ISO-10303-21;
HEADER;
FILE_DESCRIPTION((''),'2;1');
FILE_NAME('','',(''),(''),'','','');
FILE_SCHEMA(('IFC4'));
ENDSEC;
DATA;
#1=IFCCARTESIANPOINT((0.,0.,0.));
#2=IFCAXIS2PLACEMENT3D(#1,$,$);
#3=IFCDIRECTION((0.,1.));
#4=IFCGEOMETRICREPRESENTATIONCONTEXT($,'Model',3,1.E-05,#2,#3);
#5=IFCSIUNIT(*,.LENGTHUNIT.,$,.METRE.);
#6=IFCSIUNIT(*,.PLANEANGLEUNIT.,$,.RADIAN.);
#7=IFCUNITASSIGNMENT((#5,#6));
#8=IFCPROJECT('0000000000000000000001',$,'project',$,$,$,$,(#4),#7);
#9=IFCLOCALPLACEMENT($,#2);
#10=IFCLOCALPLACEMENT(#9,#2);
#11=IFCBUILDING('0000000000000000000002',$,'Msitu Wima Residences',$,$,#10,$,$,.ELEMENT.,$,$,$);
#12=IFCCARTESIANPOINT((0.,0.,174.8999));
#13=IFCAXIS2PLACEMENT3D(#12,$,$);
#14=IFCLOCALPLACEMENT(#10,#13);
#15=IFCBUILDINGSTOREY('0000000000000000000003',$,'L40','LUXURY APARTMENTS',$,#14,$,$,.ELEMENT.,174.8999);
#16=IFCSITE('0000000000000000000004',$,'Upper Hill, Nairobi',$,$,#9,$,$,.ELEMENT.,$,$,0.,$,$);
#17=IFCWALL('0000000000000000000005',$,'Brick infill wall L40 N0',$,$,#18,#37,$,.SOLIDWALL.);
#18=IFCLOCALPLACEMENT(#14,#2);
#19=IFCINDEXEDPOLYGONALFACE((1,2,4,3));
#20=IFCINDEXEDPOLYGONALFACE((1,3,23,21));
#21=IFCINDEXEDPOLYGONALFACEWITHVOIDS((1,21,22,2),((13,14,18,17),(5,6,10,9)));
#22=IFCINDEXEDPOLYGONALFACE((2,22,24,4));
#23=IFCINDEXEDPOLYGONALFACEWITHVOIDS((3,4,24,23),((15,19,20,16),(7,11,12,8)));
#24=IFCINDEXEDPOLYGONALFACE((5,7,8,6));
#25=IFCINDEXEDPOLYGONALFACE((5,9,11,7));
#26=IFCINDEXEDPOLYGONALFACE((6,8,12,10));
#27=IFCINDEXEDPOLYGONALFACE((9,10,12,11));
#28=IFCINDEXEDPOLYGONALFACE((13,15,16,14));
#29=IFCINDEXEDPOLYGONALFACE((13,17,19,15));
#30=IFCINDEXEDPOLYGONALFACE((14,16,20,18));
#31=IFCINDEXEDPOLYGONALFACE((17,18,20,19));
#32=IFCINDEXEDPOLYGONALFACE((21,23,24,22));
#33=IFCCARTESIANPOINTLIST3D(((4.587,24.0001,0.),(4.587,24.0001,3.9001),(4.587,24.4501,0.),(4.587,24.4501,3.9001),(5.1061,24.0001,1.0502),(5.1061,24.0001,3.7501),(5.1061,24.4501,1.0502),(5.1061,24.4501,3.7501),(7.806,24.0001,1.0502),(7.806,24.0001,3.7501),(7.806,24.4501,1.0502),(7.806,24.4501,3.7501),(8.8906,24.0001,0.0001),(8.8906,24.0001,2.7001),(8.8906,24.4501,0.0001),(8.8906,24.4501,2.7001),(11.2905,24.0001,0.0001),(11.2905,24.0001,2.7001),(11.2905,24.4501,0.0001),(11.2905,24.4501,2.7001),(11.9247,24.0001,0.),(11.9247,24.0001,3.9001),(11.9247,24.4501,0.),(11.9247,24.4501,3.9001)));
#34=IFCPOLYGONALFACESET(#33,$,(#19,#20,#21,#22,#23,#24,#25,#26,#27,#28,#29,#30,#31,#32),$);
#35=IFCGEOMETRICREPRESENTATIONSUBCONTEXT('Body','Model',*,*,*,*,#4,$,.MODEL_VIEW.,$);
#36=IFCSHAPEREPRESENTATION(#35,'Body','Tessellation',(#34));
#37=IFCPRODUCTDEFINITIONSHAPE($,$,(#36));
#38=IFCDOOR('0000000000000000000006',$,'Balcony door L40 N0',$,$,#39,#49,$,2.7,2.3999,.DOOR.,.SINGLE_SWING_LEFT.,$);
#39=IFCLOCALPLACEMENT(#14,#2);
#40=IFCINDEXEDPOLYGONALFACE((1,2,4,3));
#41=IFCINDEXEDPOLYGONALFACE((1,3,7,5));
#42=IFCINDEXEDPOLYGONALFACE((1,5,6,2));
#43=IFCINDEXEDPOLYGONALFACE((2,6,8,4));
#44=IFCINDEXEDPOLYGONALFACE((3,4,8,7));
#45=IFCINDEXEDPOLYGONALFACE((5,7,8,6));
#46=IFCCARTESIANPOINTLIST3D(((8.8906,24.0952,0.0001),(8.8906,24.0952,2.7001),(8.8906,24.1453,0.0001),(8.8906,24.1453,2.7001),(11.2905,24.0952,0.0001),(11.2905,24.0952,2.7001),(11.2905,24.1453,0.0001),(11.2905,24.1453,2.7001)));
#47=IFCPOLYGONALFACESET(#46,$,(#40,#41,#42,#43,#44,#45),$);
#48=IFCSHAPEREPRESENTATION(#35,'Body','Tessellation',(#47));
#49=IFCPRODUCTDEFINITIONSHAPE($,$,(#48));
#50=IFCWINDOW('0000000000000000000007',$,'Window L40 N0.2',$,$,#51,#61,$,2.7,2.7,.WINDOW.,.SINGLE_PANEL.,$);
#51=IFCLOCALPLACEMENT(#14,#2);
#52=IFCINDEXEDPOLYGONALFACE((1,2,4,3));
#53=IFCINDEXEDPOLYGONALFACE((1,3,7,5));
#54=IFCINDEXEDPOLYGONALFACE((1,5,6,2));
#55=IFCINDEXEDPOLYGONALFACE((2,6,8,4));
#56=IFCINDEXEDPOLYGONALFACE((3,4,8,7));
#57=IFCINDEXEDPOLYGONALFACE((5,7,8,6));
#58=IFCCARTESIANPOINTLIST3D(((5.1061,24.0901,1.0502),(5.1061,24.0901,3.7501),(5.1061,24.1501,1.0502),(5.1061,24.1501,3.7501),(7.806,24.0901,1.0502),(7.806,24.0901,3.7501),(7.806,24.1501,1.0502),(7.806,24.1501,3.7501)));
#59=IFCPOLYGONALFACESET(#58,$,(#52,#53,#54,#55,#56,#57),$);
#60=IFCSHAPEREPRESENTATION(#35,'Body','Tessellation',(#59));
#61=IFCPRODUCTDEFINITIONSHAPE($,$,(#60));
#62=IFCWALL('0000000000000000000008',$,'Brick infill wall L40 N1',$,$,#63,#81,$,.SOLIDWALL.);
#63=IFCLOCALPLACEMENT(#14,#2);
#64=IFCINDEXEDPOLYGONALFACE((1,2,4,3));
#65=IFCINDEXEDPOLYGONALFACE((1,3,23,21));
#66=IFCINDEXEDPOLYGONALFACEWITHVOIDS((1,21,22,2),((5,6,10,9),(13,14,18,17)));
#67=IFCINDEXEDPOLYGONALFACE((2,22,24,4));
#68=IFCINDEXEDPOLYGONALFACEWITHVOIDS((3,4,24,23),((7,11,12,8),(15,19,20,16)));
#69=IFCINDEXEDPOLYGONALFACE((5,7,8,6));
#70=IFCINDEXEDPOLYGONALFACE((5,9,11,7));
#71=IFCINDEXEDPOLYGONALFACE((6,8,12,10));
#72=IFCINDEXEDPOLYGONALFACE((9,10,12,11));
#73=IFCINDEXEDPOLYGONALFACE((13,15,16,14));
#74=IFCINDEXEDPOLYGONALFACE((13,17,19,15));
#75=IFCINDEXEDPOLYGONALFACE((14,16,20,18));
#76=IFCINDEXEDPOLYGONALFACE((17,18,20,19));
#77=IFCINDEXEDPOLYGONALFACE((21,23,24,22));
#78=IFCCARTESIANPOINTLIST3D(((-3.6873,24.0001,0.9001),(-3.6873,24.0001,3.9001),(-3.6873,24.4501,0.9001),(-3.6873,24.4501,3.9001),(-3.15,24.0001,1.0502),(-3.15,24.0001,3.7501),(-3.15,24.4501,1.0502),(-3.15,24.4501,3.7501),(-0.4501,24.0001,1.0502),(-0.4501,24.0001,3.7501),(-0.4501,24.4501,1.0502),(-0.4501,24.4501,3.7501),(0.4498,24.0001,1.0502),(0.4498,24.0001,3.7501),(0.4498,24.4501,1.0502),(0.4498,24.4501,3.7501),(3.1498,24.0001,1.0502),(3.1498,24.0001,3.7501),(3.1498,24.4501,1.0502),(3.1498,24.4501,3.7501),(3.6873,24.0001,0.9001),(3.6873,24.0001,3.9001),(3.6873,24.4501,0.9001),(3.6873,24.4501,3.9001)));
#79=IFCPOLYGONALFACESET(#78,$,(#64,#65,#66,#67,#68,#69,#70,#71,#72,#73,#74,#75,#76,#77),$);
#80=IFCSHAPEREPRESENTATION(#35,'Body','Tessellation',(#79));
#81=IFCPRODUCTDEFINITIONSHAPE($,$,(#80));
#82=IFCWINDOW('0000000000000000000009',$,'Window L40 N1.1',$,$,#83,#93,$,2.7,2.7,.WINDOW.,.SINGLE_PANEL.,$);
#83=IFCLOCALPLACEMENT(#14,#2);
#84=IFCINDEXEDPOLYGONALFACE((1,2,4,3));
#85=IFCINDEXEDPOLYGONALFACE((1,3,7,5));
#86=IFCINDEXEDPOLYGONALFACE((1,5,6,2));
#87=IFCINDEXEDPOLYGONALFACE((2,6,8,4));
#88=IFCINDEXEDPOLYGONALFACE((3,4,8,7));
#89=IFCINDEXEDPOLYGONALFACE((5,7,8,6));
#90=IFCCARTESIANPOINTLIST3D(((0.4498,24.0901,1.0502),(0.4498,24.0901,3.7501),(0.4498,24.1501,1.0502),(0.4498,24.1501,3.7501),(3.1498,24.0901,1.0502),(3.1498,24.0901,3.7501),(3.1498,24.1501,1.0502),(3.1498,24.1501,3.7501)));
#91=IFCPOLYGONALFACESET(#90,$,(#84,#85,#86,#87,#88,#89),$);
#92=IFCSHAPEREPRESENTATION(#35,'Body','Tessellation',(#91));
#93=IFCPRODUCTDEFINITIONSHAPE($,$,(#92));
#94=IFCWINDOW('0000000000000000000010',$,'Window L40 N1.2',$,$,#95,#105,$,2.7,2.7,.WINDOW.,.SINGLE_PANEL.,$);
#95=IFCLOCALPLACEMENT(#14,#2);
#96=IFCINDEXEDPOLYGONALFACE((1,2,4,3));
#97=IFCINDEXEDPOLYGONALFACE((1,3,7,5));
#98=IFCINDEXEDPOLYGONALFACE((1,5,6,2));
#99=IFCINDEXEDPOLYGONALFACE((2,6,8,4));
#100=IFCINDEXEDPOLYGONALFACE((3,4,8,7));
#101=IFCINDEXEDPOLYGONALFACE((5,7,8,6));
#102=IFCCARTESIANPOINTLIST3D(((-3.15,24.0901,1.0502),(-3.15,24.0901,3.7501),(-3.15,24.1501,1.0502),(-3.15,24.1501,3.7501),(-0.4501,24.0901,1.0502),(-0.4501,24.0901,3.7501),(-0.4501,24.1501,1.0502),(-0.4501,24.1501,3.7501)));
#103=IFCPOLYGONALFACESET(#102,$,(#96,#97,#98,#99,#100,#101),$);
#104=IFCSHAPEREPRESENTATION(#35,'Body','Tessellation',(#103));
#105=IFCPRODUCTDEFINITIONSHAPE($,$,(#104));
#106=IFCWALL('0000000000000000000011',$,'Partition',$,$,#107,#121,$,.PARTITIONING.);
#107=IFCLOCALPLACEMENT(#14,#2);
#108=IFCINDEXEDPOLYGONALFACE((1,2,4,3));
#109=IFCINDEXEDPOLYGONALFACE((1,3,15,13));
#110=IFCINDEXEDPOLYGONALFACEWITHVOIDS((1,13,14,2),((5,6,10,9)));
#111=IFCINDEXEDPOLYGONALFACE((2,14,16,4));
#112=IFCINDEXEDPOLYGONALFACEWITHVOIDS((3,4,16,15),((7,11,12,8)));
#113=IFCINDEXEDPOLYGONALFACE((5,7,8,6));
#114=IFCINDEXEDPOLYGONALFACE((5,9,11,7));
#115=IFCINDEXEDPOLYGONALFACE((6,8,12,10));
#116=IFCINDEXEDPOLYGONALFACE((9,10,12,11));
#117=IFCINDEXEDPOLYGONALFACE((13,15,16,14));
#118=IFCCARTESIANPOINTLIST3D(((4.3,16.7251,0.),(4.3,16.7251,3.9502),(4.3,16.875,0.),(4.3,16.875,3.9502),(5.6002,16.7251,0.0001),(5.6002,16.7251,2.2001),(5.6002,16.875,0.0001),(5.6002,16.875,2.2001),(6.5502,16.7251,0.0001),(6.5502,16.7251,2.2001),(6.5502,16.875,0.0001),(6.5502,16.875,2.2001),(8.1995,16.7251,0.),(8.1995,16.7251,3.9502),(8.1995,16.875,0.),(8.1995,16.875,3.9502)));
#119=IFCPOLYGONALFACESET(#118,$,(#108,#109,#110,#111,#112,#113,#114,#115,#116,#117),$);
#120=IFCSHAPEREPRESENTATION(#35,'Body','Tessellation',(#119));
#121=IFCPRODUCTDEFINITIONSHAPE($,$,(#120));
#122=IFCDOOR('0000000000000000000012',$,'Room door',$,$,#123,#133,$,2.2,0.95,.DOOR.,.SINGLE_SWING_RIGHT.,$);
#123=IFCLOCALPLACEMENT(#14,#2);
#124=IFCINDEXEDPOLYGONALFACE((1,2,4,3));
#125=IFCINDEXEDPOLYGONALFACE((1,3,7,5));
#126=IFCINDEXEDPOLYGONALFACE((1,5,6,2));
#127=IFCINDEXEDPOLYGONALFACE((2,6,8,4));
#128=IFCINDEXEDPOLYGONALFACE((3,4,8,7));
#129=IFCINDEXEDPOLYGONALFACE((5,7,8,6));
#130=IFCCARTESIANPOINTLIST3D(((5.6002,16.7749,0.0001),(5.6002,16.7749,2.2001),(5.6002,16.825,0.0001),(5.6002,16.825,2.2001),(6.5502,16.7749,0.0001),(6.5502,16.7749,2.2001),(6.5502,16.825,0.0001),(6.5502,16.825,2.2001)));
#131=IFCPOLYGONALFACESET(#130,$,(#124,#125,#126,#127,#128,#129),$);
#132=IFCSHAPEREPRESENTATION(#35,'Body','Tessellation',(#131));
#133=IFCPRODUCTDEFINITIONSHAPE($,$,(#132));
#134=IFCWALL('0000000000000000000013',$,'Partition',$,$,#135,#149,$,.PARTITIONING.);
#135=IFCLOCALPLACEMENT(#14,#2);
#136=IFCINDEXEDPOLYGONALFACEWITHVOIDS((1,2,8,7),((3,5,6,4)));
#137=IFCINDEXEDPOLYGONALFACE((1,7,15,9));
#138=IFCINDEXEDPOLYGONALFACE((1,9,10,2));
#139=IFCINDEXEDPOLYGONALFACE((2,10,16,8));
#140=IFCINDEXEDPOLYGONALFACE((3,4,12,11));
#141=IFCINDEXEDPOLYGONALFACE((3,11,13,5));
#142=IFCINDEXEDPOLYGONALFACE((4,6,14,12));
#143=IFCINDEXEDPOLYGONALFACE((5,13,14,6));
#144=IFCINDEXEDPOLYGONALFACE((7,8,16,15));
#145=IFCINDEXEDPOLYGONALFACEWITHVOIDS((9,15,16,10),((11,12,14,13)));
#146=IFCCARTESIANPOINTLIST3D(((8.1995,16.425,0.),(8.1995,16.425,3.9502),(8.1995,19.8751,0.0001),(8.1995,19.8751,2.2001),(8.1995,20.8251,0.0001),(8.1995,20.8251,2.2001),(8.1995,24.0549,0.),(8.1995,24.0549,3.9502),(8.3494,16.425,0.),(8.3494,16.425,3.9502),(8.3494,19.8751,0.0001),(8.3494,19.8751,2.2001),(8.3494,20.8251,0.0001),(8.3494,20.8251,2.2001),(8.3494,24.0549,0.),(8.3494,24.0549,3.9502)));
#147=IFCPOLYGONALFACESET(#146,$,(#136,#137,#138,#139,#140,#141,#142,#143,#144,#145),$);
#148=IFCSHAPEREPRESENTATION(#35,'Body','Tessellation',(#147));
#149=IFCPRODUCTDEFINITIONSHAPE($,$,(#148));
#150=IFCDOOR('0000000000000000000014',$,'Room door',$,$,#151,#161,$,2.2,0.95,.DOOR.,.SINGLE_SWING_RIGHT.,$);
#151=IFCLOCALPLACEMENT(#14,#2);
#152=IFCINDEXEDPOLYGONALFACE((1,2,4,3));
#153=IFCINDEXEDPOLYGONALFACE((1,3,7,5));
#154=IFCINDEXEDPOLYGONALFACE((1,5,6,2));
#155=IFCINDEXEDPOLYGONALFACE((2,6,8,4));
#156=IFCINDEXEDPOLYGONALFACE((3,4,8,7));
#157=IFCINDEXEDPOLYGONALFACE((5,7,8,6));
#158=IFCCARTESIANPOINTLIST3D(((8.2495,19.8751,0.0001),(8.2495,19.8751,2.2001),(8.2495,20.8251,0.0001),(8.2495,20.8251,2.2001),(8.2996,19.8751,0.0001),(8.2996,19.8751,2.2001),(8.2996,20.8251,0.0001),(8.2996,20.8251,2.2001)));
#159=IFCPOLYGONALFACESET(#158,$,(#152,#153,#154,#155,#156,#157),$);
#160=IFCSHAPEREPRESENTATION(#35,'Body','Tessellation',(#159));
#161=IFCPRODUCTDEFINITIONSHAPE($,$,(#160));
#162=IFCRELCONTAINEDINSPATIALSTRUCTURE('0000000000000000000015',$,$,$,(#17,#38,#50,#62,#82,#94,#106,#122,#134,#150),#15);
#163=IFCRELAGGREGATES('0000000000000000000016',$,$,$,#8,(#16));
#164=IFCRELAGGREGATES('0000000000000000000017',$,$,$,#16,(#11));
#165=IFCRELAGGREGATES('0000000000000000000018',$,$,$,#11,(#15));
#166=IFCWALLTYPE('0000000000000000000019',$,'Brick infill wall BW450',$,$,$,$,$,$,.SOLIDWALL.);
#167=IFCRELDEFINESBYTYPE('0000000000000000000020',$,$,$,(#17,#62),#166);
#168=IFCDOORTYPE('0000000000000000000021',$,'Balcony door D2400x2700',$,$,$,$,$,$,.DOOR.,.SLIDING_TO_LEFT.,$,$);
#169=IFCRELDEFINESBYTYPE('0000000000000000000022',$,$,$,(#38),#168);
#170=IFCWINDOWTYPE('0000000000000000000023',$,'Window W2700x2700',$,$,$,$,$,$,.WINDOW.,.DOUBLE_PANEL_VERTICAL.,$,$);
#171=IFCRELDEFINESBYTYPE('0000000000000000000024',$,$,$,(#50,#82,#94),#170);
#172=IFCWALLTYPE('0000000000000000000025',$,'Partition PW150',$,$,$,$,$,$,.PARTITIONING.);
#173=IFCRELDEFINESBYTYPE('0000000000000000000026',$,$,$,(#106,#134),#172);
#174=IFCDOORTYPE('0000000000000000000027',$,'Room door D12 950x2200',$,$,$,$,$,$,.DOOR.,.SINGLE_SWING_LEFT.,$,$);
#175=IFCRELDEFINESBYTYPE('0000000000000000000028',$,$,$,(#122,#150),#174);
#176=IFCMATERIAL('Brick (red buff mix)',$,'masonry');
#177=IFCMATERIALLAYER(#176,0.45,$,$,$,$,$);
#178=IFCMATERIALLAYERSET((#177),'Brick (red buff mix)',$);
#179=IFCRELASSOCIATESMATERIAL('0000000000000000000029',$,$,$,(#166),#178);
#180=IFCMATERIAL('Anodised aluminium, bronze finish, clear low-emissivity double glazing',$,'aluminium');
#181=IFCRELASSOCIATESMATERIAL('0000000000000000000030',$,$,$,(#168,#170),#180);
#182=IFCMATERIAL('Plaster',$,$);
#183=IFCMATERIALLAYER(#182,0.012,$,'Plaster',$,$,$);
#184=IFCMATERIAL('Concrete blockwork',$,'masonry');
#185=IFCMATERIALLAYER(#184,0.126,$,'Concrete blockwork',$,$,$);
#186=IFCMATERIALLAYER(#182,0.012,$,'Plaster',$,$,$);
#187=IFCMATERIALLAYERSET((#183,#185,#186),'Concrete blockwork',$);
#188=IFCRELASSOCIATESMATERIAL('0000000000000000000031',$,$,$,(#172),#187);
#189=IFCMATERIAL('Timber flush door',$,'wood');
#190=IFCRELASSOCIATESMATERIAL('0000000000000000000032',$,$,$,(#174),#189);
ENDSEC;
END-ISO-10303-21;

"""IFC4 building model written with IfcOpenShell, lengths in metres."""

from ifc_helpers import new_model, si_unit, direction, frame, frame_2d, origin, place, context, subcontext, project, spatial, rectangle, extrude, material, layer, layer_set, type_object, element, fill, save


model = new_model("IFC4")

# Units and contexts
model_context = context("Model", 3, precision=1e-05, world=origin(), true_north=direction((0.0, 1.0)))
body_context = subcontext(model_context, "Body", "Model", "MODEL_VIEW")
ifc_project = project(units=[si_unit("LENGTHUNIT", "METRE"), si_unit("PLANEANGLEUNIT", "RADIAN")], contexts=[model_context])

# Site, building, storey
site_placement = place(None, origin())
site = spatial("IfcSite", under=ifc_project, at=site_placement, Name="Upper Hill, Nairobi", CompositionType="ELEMENT", RefElevation=0.0)
building_placement = place(site_placement, origin())
building = spatial("IfcBuilding", under=site, at=building_placement, Name="Msitu Wima Residences", CompositionType="ELEMENT")
storey_placement = place(building_placement, frame((0.0, 0.0, 174.8999)))
storey = spatial("IfcBuildingStorey", under=building, at=storey_placement, Name="L40", Description="LUXURY APARTMENTS", CompositionType="ELEMENT", Elevation=174.8999)

# Wall, openings, door, window
ifc_material_1 = material(Name="Brick (red buff mix)", Category="masonry")
ifc_layer_1 = layer(ifc_material_1, 0.45)
ifc_layer_set_1 = layer_set([ifc_layer_1], Name="Brick (red buff mix)")
wall_type_1 = type_object("IfcWallType", Name="Brick infill wall BW450", PredefinedType="SOLIDWALL", material=ifc_layer_set_1)
wall_1_placement = place(storey_placement, frame((11.9248, 24.2251, 0.0), z_axis=(0.0, 0.0, 1.0), x_axis=(-1.0, 0.0, 0.0)))
wall_1 = element("IfcWall", 1, at=wall_1_placement, inside=storey, type_object=wall_type_1, Name="Brick infill wall L40 N0", PredefinedType="SOLIDWALL", context=body_context, shape_type="SweptSolid", body=[
    extrude(rectangle(XDim=7.3376, YDim=0.45, at=frame_2d((3.6689, 0.0))), origin(), (0.0, 0.0, 1.0), 3.9001),
])
opening_1_placement = place(wall_1_placement, frame((0.6343, 0.0, 0.0)))
opening_1 = element("IfcOpeningElement", 2, at=opening_1_placement, cuts=wall_1, PredefinedType="OPENING", context=body_context, shape_type="SweptSolid", body=[
    extrude(rectangle(XDim=2.3999, YDim=2.7, at=frame_2d((1.2, 1.3501))), frame((0.0, 0.2349, 0.0), z_axis=(0.0, -1.0, 0.0), x_axis=(1.0, 0.0, 0.0)), (0.0, 0.0, 1.0), 0.47),
])
opening_2_placement = place(wall_1_placement, frame((4.1187, 0.0, 1.05)))
opening_2 = element("IfcOpeningElement", 3, at=opening_2_placement, cuts=wall_1, PredefinedType="OPENING", context=body_context, shape_type="SweptSolid", body=[
    extrude(rectangle(XDim=2.7, YDim=2.7, at=frame_2d((1.3501, 1.3501))), frame((0.0, 0.2349, 0.0), z_axis=(0.0, -1.0, 0.0), x_axis=(1.0, 0.0, 0.0)), (0.0, 0.0, 1.0), 0.47),
])
ifc_material_2 = material(Name="Anodised aluminium, bronze finish, clear low-emissivity double glazing", Category="aluminium")
door_type_1 = type_object("IfcDoorType", Name="Balcony door D2400x2700", OperationType="SLIDING_TO_LEFT", PredefinedType="DOOR", material=ifc_material_2)
door_1_placement = place(opening_1_placement, origin())
door_1 = element("IfcDoor", 4, at=door_1_placement, inside=storey, type_object=door_type_1, Name="Balcony door L40 N0", OperationType="SINGLE_SWING_LEFT", OverallHeight=2.7, OverallWidth=2.3999, PredefinedType="DOOR", context=body_context, shape_type="SweptSolid", body=[
    extrude(rectangle(XDim=2.3999, YDim=2.7, at=frame_2d((1.2, 1.3501))), frame((0.0, 0.1299, 0.0), z_axis=(0.0, -1.0, 0.0), x_axis=(1.0, 0.0, 0.0)), (0.0, 0.0, 1.0), 0.05),
])
fill(opening_1, door_1)
window_type = type_object("IfcWindowType", Name="Window W2700x2700", PartitioningType="DOUBLE_PANEL_VERTICAL", PredefinedType="WINDOW", material=ifc_material_2)
window_1_placement = place(opening_2_placement, origin())
window_1 = element("IfcWindow", 5, at=window_1_placement, inside=storey, type_object=window_type, Name="Window L40 N0.2", OverallHeight=2.7, OverallWidth=2.7, PartitioningType="SINGLE_PANEL", PredefinedType="WINDOW", context=body_context, shape_type="SweptSolid", body=[
    extrude(rectangle(XDim=2.7, YDim=2.7, at=frame_2d((1.3501, 1.3501))), frame((0.0, 0.135, 0.0), z_axis=(0.0, -1.0, 0.0), x_axis=(1.0, 0.0, 0.0)), (0.0, 0.0, 1.0), 0.0601),
])
fill(opening_2, window_1)

# Wall, openings, windows
wall_2_placement = place(storey_placement, frame((3.6873, 24.2251, 0.9001), z_axis=(0.0, 0.0, 1.0), x_axis=(-1.0, 0.0, 0.0)))
wall_2 = element("IfcWall", 6, at=wall_2_placement, inside=storey, type_object=wall_type_1, Name="Brick infill wall L40 N1", PredefinedType="SOLIDWALL", context=body_context, shape_type="SweptSolid", body=[
    extrude(rectangle(XDim=7.3745, YDim=0.45, at=frame_2d((3.6873, 0.0))), origin(), (0.0, 0.0, 1.0), 3.0),
])
opening_3_placement = place(wall_2_placement, frame((0.5374, 0.0, 0.1499)))
opening_3 = element("IfcOpeningElement", 7, at=opening_3_placement, cuts=wall_2, PredefinedType="OPENING", context=body_context, shape_type="SweptSolid", body=[
    extrude(rectangle(XDim=2.7, YDim=2.7, at=frame_2d((1.3501, 1.3501))), frame((0.0, 0.2349, 0.0), z_axis=(0.0, -1.0, 0.0), x_axis=(1.0, 0.0, 0.0)), (0.0, 0.0, 1.0), 0.47),
])
opening_4_placement = place(wall_2_placement, frame((4.1372, 0.0, 0.1499)))
opening_4 = element("IfcOpeningElement", 8, at=opening_4_placement, cuts=wall_2, PredefinedType="OPENING", context=body_context, shape_type="SweptSolid", body=[
    extrude(rectangle(XDim=2.7, YDim=2.7, at=frame_2d((1.3501, 1.3501))), frame((0.0, 0.2349, 0.0), z_axis=(0.0, -1.0, 0.0), x_axis=(1.0, 0.0, 0.0)), (0.0, 0.0, 1.0), 0.47),
])
window_2_placement = place(opening_3_placement, origin())
window_2 = element("IfcWindow", 9, at=window_2_placement, inside=storey, type_object=window_type, Name="Window L40 N1.1", OverallHeight=2.7, OverallWidth=2.7, PartitioningType="SINGLE_PANEL", PredefinedType="WINDOW", context=body_context, shape_type="SweptSolid", body=[
    extrude(rectangle(XDim=2.7, YDim=2.7, at=frame_2d((1.3501, 1.3501))), frame((0.0, 0.135, 0.0), z_axis=(0.0, -1.0, 0.0), x_axis=(1.0, 0.0, 0.0)), (0.0, 0.0, 1.0), 0.0601),
])
fill(opening_3, window_2)
window_3_placement = place(opening_4_placement, origin())
window_3 = element("IfcWindow", 10, at=window_3_placement, inside=storey, type_object=window_type, Name="Window L40 N1.2", OverallHeight=2.7, OverallWidth=2.7, PartitioningType="SINGLE_PANEL", PredefinedType="WINDOW", context=body_context, shape_type="SweptSolid", body=[
    extrude(rectangle(XDim=2.7, YDim=2.7, at=frame_2d((1.3501, 1.3501))), frame((0.0, 0.135, 0.0), z_axis=(0.0, -1.0, 0.0), x_axis=(1.0, 0.0, 0.0)), (0.0, 0.0, 1.0), 0.0601),
])
fill(opening_4, window_3)

# Walls, openings, doors
ifc_material_3 = material(Name="Plaster")
ifc_layer_2 = layer(ifc_material_3, 0.012, Name="Plaster")
ifc_material_4 = material(Name="Concrete blockwork", Category="masonry")
ifc_layer_3 = layer(ifc_material_4, 0.126, Name="Concrete blockwork")
ifc_layer_4 = layer(ifc_material_3, 0.012, Name="Plaster")
ifc_layer_set_2 = layer_set([ifc_layer_2, ifc_layer_3, ifc_layer_4], Name="Concrete blockwork")
wall_type_2 = type_object("IfcWallType", Name="Partition PW150", PredefinedType="PARTITIONING", material=ifc_layer_set_2)
wall_3_placement = place(storey_placement, frame((4.3, 16.8, 0.0), z_axis=(0.0, 0.0, 1.0), x_axis=(1.0, 0.0, 0.0)))
wall_3 = element("IfcWall", 11, at=wall_3_placement, inside=storey, type_object=wall_type_2, Name="Partition", PredefinedType="PARTITIONING", context=body_context, shape_type="SweptSolid", body=[
    extrude(rectangle(XDim=3.8994, YDim=0.1499, at=frame_2d((1.9497, 0.0))), origin(), (0.0, 0.0, 1.0), 3.9502),
])
opening_5_placement = place(wall_3_placement, frame((1.3, 0.0, 0.0)))
opening_5 = element("IfcOpeningElement", 12, at=opening_5_placement, cuts=wall_3, PredefinedType="OPENING", context=body_context, shape_type="SweptSolid", body=[
    extrude(rectangle(XDim=0.95, YDim=2.2, at=frame_2d((0.4751, 1.1001))), frame((0.0, 0.085, 0.0), z_axis=(0.0, -1.0, 0.0), x_axis=(1.0, 0.0, 0.0)), (0.0, 0.0, 1.0), 0.1699),
])
ifc_material_5 = material(Name="Timber flush door", Category="wood")
door_type_2 = type_object("IfcDoorType", Name="Room door D12 950x2200", OperationType="SINGLE_SWING_LEFT", PredefinedType="DOOR", material=ifc_material_5)
door_2_placement = place(opening_5_placement, origin())
door_2 = element("IfcDoor", 13, at=door_2_placement, inside=storey, type_object=door_type_2, Name="Room door", OperationType="SINGLE_SWING_RIGHT", OverallHeight=2.2, OverallWidth=0.95, PredefinedType="DOOR", context=body_context, shape_type="SweptSolid", body=[
    extrude(rectangle(XDim=0.95, YDim=2.2, at=frame_2d((0.4751, 1.1001))), frame((0.0, 0.0249, 0.0), z_axis=(0.0, -1.0, 0.0), x_axis=(1.0, 0.0, 0.0)), (0.0, 0.0, 1.0), 0.05),
])
fill(opening_5, door_2)
wall_4_placement = place(storey_placement, frame((8.2744, 16.425, 0.0), z_axis=(0.0, 0.0, 1.0), x_axis=(0.0, 1.0, 0.0)))
wall_4 = element("IfcWall", 14, at=wall_4_placement, inside=storey, type_object=wall_type_2, Name="Partition", PredefinedType="PARTITIONING", context=body_context, shape_type="SweptSolid", body=[
    extrude(rectangle(XDim=7.6299, YDim=0.1499, at=frame_2d((3.8149, 0.0))), origin(), (0.0, 0.0, 1.0), 3.9502),
])
opening_6_placement = place(wall_4_placement, frame((3.45, 0.0, 0.0)))
opening_6 = element("IfcOpeningElement", 15, at=opening_6_placement, cuts=wall_4, PredefinedType="OPENING", context=body_context, shape_type="SweptSolid", body=[
    extrude(rectangle(XDim=0.95, YDim=2.2, at=frame_2d((0.4751, 1.1001))), frame((0.0, 0.085, 0.0), z_axis=(0.0, -1.0, 0.0), x_axis=(1.0, 0.0, 0.0)), (0.0, 0.0, 1.0), 0.1699),
])
door_3_placement = place(opening_6_placement, origin())
door_3 = element("IfcDoor", 16, at=door_3_placement, inside=storey, type_object=door_type_2, Name="Room door", OperationType="SINGLE_SWING_RIGHT", OverallHeight=2.2, OverallWidth=0.95, PredefinedType="DOOR", context=body_context, shape_type="SweptSolid", body=[
    extrude(rectangle(XDim=0.95, YDim=2.2, at=frame_2d((0.4751, 1.1001))), frame((0.0, 0.0249, 0.0), z_axis=(0.0, -1.0, 0.0), x_axis=(1.0, 0.0, 0.0)), (0.0, 0.0, 1.0), 0.05),
])
fill(opening_6, door_3)

save(model, "model.ifc")
